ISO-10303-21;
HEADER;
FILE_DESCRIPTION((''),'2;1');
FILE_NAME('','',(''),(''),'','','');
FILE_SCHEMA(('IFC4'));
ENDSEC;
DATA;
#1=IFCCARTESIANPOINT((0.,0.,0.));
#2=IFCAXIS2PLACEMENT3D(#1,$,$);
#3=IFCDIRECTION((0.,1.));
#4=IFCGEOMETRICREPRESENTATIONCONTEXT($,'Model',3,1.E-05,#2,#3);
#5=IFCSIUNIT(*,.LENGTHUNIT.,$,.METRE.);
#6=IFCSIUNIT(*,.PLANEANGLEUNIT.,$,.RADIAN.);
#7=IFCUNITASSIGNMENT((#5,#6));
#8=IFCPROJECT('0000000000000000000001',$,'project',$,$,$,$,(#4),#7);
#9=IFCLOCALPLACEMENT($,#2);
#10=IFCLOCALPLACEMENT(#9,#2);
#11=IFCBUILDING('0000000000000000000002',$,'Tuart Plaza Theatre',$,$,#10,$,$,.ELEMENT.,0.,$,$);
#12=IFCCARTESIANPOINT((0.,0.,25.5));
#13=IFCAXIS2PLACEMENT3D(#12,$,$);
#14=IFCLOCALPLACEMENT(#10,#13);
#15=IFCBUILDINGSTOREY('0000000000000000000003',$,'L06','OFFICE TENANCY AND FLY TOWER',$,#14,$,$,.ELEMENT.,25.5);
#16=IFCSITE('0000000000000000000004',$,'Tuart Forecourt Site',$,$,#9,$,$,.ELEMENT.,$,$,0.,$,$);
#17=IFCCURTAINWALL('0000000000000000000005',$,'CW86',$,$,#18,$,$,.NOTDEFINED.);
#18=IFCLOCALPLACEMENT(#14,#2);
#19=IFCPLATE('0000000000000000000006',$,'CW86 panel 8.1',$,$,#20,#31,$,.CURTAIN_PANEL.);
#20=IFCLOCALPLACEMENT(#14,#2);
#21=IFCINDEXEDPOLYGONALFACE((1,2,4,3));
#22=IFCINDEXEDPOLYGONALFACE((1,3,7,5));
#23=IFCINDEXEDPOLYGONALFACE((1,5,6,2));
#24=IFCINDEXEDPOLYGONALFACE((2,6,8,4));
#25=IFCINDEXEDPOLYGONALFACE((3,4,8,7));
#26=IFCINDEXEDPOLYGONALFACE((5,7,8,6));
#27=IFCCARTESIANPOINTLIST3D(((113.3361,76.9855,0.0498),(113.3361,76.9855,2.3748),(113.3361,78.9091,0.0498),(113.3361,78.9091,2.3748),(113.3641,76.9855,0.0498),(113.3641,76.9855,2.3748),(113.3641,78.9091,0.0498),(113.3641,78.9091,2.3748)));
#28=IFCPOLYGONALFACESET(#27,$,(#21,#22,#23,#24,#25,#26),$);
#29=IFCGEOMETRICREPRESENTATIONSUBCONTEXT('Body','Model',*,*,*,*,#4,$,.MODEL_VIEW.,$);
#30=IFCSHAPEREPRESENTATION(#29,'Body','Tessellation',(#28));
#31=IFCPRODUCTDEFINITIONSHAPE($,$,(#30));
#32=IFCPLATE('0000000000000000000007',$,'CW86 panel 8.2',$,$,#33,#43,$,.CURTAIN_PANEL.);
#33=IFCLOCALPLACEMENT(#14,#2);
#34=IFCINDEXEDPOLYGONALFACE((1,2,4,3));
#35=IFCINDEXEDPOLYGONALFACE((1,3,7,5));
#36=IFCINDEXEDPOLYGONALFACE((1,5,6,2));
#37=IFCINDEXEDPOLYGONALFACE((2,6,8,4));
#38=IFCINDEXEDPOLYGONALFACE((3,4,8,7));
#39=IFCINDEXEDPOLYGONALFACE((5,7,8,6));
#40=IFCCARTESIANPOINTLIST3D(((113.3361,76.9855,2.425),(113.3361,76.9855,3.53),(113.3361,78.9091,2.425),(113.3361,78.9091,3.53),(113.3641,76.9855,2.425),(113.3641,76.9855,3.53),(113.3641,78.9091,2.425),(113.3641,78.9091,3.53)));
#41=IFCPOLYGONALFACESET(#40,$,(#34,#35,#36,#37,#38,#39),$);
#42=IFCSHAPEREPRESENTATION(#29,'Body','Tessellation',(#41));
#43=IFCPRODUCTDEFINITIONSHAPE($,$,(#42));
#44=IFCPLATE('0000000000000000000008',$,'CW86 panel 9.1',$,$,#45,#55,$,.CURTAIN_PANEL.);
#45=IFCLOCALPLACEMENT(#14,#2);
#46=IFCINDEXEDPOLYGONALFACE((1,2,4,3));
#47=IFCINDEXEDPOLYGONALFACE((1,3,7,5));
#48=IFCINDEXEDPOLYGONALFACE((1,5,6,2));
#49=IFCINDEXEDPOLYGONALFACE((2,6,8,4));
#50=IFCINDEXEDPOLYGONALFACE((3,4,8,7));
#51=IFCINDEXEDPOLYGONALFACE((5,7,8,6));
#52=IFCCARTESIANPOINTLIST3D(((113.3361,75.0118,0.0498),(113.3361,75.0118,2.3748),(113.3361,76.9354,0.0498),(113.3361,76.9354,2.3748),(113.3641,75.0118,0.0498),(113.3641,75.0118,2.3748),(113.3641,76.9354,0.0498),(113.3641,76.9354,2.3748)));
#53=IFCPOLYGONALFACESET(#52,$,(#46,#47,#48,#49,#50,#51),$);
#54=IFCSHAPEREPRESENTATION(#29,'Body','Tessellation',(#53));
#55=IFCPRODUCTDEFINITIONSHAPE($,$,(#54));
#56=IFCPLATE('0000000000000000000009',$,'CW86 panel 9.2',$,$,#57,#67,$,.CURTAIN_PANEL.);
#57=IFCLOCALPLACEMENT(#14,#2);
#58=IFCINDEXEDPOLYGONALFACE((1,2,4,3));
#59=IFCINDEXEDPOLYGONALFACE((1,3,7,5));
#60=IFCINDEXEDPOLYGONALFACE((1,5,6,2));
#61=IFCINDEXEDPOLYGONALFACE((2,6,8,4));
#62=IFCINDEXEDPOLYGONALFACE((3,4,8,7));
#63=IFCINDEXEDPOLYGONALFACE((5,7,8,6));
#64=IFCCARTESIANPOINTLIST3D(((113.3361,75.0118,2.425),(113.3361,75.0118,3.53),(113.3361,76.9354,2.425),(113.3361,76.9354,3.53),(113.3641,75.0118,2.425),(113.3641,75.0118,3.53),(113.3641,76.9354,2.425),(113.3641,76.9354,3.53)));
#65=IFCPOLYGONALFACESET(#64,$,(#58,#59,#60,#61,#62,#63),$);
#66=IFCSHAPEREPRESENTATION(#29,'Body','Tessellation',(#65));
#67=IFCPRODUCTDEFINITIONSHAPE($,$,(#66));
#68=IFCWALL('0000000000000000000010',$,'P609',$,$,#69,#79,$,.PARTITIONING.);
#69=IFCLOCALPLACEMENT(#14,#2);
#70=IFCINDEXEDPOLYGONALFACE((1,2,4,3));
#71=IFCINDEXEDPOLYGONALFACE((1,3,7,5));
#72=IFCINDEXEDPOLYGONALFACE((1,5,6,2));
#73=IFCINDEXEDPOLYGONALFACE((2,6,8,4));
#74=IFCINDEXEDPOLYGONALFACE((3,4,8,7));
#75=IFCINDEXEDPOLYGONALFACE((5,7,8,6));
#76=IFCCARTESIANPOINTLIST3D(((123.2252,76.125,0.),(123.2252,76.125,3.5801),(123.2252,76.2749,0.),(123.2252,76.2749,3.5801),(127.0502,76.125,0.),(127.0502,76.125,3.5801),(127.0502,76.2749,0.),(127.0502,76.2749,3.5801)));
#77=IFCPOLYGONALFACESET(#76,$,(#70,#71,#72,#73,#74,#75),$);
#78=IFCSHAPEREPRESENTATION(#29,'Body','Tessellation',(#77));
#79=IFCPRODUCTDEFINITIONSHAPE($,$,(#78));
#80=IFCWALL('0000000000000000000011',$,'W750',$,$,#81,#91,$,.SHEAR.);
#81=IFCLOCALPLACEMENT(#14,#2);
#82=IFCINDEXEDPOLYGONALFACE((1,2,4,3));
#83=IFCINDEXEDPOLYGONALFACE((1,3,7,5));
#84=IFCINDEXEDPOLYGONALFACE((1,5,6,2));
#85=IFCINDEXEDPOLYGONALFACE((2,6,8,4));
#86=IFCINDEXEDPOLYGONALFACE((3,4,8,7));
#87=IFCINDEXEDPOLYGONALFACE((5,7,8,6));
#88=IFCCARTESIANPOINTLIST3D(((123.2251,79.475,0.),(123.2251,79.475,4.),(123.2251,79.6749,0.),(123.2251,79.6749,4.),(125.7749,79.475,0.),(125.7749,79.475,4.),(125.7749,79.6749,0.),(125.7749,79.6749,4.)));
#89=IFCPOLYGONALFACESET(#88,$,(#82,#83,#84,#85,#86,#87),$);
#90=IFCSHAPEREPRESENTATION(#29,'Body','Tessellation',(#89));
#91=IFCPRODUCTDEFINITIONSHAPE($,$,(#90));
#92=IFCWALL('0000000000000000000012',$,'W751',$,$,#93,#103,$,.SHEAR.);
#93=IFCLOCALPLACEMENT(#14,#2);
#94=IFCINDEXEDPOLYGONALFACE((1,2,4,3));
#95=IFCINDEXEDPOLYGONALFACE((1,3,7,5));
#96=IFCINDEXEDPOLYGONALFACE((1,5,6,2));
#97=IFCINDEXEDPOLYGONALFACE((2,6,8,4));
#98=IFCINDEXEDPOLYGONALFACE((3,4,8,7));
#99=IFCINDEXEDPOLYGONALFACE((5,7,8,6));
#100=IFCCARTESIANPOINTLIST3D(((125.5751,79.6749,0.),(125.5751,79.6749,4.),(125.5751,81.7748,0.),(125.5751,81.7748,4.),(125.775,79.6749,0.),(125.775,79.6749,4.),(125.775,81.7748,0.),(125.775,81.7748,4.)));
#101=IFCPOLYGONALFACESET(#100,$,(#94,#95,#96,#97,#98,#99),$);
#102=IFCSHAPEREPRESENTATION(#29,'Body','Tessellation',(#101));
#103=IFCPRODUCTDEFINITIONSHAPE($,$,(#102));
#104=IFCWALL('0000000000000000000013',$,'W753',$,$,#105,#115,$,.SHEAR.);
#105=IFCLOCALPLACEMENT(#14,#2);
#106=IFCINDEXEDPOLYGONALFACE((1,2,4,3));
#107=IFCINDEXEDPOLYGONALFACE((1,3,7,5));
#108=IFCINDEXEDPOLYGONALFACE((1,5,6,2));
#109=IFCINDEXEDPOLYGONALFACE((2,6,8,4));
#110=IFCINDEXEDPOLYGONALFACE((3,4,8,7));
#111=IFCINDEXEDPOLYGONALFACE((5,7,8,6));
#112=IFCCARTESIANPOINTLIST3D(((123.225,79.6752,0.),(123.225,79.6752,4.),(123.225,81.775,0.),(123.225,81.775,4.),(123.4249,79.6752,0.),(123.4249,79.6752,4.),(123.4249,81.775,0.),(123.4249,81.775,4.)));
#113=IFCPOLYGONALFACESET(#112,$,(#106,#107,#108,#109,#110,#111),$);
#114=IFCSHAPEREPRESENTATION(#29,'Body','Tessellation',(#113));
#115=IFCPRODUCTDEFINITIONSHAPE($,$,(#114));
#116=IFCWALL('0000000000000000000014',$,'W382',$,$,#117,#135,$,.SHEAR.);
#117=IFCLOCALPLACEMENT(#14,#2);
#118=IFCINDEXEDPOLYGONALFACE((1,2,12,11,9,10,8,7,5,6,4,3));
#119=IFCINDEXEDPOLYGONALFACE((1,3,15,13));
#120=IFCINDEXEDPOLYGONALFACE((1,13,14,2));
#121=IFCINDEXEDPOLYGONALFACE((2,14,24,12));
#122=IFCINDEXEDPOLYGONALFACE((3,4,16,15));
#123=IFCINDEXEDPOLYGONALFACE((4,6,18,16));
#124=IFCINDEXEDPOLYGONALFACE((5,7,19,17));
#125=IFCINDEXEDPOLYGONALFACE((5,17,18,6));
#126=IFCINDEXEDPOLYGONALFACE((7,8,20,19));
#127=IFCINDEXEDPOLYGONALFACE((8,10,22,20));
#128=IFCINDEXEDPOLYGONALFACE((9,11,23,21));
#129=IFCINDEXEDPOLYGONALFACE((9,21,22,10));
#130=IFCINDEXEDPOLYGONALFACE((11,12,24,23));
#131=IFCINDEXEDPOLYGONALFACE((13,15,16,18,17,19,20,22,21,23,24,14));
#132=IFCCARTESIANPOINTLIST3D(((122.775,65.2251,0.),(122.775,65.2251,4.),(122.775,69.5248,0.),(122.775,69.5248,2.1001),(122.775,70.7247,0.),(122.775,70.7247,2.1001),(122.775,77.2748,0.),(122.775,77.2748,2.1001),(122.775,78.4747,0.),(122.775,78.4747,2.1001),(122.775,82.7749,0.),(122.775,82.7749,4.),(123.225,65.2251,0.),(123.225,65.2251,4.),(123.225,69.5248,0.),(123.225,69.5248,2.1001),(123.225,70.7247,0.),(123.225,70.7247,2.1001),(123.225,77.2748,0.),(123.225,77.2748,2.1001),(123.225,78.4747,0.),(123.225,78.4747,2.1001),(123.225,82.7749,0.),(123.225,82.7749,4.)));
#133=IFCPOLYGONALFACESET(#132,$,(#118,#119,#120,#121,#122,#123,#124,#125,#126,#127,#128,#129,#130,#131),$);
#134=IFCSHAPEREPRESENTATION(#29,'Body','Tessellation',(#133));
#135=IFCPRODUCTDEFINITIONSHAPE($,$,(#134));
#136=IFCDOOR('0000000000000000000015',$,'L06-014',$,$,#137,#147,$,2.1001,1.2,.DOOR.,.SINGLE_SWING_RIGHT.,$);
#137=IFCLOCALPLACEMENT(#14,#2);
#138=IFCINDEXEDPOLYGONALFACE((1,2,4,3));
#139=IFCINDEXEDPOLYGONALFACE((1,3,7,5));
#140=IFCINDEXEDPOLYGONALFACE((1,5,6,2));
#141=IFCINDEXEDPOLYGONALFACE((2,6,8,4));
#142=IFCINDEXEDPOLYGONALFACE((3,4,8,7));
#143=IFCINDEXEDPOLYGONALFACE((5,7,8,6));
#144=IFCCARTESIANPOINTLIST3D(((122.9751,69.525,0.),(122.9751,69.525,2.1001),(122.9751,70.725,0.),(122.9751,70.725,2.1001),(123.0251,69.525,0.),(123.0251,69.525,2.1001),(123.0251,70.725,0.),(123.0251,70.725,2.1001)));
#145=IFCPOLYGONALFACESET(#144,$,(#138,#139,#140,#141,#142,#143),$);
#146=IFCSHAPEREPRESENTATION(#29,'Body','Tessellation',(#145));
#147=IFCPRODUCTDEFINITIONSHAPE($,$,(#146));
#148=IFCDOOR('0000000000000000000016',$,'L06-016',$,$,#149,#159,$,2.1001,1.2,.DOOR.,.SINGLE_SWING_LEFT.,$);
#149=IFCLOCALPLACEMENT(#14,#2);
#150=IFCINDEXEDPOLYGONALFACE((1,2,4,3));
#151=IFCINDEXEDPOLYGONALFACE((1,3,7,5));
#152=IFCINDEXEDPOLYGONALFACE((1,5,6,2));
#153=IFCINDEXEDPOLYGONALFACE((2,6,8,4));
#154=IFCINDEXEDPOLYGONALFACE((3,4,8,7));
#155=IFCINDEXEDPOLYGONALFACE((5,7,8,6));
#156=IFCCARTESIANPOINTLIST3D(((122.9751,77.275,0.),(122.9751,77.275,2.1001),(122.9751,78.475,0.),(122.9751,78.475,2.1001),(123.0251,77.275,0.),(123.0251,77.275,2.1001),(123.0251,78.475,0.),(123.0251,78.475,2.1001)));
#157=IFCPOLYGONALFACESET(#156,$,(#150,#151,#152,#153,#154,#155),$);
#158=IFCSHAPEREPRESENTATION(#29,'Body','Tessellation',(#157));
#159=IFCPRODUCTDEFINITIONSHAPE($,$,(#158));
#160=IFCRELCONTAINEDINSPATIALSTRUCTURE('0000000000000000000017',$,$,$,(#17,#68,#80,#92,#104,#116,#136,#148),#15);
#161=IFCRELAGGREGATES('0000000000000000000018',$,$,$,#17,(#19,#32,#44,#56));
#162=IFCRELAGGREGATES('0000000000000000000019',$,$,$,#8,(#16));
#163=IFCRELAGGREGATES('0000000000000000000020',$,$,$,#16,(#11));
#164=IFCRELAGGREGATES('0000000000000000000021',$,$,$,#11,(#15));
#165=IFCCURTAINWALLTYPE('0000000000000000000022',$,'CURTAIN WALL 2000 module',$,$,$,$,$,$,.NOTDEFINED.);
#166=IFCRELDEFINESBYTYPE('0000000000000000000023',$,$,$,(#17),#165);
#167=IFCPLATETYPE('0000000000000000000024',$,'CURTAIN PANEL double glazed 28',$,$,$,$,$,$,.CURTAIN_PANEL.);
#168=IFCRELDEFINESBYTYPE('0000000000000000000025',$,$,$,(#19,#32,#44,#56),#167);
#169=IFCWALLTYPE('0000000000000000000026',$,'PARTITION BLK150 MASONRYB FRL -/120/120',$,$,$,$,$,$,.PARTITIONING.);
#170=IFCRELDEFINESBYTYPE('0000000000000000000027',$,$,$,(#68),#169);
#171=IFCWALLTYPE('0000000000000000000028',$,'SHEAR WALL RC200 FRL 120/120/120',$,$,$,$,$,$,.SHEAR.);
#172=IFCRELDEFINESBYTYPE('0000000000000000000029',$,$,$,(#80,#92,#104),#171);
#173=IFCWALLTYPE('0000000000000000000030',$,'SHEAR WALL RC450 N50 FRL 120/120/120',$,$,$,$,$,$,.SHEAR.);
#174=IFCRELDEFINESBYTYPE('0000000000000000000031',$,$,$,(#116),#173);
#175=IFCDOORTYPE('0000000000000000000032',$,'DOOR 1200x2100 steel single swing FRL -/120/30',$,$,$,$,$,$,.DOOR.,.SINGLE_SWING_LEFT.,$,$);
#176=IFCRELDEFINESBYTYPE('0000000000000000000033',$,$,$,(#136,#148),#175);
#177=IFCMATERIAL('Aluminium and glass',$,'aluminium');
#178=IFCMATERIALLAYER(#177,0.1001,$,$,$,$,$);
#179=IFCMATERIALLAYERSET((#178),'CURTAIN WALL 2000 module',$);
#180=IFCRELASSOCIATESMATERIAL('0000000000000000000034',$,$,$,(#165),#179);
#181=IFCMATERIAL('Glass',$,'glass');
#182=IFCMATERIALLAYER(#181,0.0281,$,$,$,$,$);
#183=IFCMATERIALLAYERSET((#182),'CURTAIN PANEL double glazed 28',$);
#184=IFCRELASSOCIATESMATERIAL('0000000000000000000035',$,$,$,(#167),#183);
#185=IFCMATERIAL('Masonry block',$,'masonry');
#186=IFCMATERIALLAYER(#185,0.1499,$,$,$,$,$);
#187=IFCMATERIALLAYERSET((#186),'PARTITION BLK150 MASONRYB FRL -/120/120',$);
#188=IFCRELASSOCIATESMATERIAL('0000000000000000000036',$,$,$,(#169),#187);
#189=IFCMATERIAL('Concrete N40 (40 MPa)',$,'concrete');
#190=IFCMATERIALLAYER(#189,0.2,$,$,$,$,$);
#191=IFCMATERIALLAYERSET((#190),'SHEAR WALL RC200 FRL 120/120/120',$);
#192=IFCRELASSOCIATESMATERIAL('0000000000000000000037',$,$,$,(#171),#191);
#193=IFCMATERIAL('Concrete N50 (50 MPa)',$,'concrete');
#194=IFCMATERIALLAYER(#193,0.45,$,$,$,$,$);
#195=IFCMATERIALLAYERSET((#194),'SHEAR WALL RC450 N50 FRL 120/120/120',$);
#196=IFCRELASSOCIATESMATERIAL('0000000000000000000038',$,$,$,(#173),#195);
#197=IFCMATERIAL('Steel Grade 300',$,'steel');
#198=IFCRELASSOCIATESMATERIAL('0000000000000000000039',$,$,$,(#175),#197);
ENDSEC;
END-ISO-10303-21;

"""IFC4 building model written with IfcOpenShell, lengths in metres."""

from ifc_helpers import new_model, si_unit, direction, frame, frame_2d, origin, origin_2d, place, context, subcontext, project, spatial, rectangle, extrude, material, layer, layer_set, type_object, element, fill, aggregate, save


model = new_model("IFC4")

# Units and contexts
model_context = context("Model", 3, precision=1e-05, world=origin(), true_north=direction((0.0, 1.0)))
body_context = subcontext(model_context, "Body", "Model", "MODEL_VIEW")
ifc_project = project(units=[si_unit("LENGTHUNIT", "METRE"), si_unit("PLANEANGLEUNIT", "RADIAN")], contexts=[model_context])

# Site, building, storey
site_placement = place(None, origin())
site = spatial("IfcSite", under=ifc_project, at=site_placement, Name="Tuart Forecourt Site", CompositionType="ELEMENT", RefElevation=0.0)
building_placement = place(site_placement, origin())
building = spatial("IfcBuilding", under=site, at=building_placement, Name="Tuart Plaza Theatre", CompositionType="ELEMENT", ElevationOfRefHeight=0.0)
storey_placement = place(building_placement, frame((0.0, 0.0, 25.5)))
storey = spatial("IfcBuildingStorey", under=building, at=storey_placement, Name="L06", Description="OFFICE TENANCY AND FLY TOWER", CompositionType="ELEMENT", Elevation=25.5)

# Curtain wall, plates
ifc_material_1 = material(Name="Aluminium and glass", Category="aluminium")
ifc_layer_1 = layer(ifc_material_1, 0.1001)
ifc_layer_set_1 = layer_set([ifc_layer_1], Name="CURTAIN WALL 2000 module")
curtain_wall_type = type_object("IfcCurtainWallType", Name="CURTAIN WALL 2000 module", PredefinedType="NOTDEFINED", material=ifc_layer_set_1)
curtain_wall_placement = place(storey_placement, origin())
curtain_wall = element("IfcCurtainWall", 1, at=curtain_wall_placement, inside=storey, type_object=curtain_wall_type, Name="CW86", PredefinedType="NOTDEFINED")
ifc_material_2 = material(Name="Glass", Category="glass")
ifc_layer_2 = layer(ifc_material_2, 0.0281)
ifc_layer_set_2 = layer_set([ifc_layer_2], Name="CURTAIN PANEL double glazed 28")
plate_type = type_object("IfcPlateType", Name="CURTAIN PANEL double glazed 28", PredefinedType="CURTAIN_PANEL", material=ifc_layer_set_2)
plate_1_placement = place(storey_placement, frame((113.3501, 77.9473, 0.0498), z_axis=(0.0, 0.0, 1.0), x_axis=(0.0, -1.0, 0.0)))
plate_1 = element("IfcPlate", 2, at=plate_1_placement, type_object=plate_type, Name="CW86 panel 8.1", PredefinedType="CURTAIN_PANEL", context=body_context, shape_type="SweptSolid", body=[
    extrude(rectangle(XDim=1.9236, YDim=0.0281, at=origin_2d()), origin(), (0.0, 0.0, 1.0), 2.325),
])
plate_2_placement = place(storey_placement, frame((113.3501, 77.9473, 2.425), z_axis=(0.0, 0.0, 1.0), x_axis=(0.0, -1.0, 0.0)))
plate_2 = element("IfcPlate", 3, at=plate_2_placement, type_object=plate_type, Name="CW86 panel 8.2", PredefinedType="CURTAIN_PANEL", context=body_context, shape_type="SweptSolid", body=[
    extrude(rectangle(XDim=1.9236, YDim=0.0281, at=origin_2d()), origin(), (0.0, 0.0, 1.0), 1.105),
])
plate_3_placement = place(storey_placement, frame((113.3501, 75.9736, 0.0498), z_axis=(0.0, 0.0, 1.0), x_axis=(0.0, -1.0, 0.0)))
plate_3 = element("IfcPlate", 4, at=plate_3_placement, type_object=plate_type, Name="CW86 panel 9.1", PredefinedType="CURTAIN_PANEL", context=body_context, shape_type="SweptSolid", body=[
    extrude(rectangle(XDim=1.9236, YDim=0.0281, at=origin_2d()), origin(), (0.0, 0.0, 1.0), 2.325),
])
plate_4_placement = place(storey_placement, frame((113.3501, 75.9736, 2.425), z_axis=(0.0, 0.0, 1.0), x_axis=(0.0, -1.0, 0.0)))
plate_4 = element("IfcPlate", 5, at=plate_4_placement, type_object=plate_type, Name="CW86 panel 9.2", PredefinedType="CURTAIN_PANEL", context=body_context, shape_type="SweptSolid", body=[
    extrude(rectangle(XDim=1.9236, YDim=0.0281, at=origin_2d()), origin(), (0.0, 0.0, 1.0), 1.105),
])
aggregate(curtain_wall, [plate_1, plate_2, plate_3, plate_4])

# Walls
ifc_material_3 = material(Name="Masonry block", Category="masonry")
ifc_layer_3 = layer(ifc_material_3, 0.1499)
ifc_layer_set_3 = layer_set([ifc_layer_3], Name="PARTITION BLK150 MASONRYB FRL -/120/120")
wall_type_1 = type_object("IfcWallType", Name="PARTITION BLK150 MASONRYB FRL -/120/120", PredefinedType="PARTITIONING", material=ifc_layer_set_3)
wall_1_placement = place(storey_placement, frame((123.2251, 76.2, 0.0), z_axis=(0.0, 0.0, 1.0), x_axis=(1.0, 0.0, 0.0)))
element("IfcWall", 6, at=wall_1_placement, inside=storey, type_object=wall_type_1, Name="P609", PredefinedType="PARTITIONING", context=body_context, shape_type="SweptSolid", body=[
    extrude(rectangle(XDim=3.825, YDim=0.1499, at=frame_2d((1.9126, 0.0))), origin(), (0.0, 0.0, 1.0), 3.5801),
])
ifc_material_4 = material(Name="Concrete N40 (40 MPa)", Category="concrete")
ifc_layer_4 = layer(ifc_material_4, 0.2)
ifc_layer_set_4 = layer_set([ifc_layer_4], Name="SHEAR WALL RC200 FRL 120/120/120")
wall_type_2 = type_object("IfcWallType", Name="SHEAR WALL RC200 FRL 120/120/120", PredefinedType="SHEAR", material=ifc_layer_set_4)
wall_2_placement = place(storey_placement, frame((123.2251, 79.575, 0.0), z_axis=(0.0, 0.0, 1.0), x_axis=(1.0, 0.0, 0.0)))
element("IfcWall", 7, at=wall_2_placement, inside=storey, type_object=wall_type_2, Name="W750", PredefinedType="SHEAR", context=body_context, shape_type="SweptSolid", body=[
    extrude(rectangle(XDim=2.5498, YDim=0.2, at=frame_2d((1.2749, 0.0))), origin(), (0.0, 0.0, 1.0), 4.0),
])
for number, where, z_axis, x_axis, name in (
    (8, (125.675, 79.675, 0.0), (0.0, 0.0, 1.0), (0.0, 1.0, 0.0), "W751"),
    (9, (123.325, 81.7749, 0.0), (0.0, 0.0, 1.0), (0.0, -1.0, 0.0), "W753"),
):
    element("IfcWall", number, at=place(storey_placement, frame(where, z_axis=z_axis, x_axis=x_axis)), inside=storey, type_object=wall_type_2, Name=name, PredefinedType="SHEAR", context=body_context, shape_type="SweptSolid", body=[
        extrude(rectangle(XDim=2.0999, YDim=0.2, at=frame_2d((1.0498, 0.0))), origin(), (0.0, 0.0, 1.0), 4.0),
    ])

# Wall, openings, doors
ifc_material_5 = material(Name="Concrete N50 (50 MPa)", Category="concrete")
ifc_layer_5 = layer(ifc_material_5, 0.45)
ifc_layer_set_5 = layer_set([ifc_layer_5], Name="SHEAR WALL RC450 N50 FRL 120/120/120")
wall_type_3 = type_object("IfcWallType", Name="SHEAR WALL RC450 N50 FRL 120/120/120", PredefinedType="SHEAR", material=ifc_layer_set_5)
wall_3_placement = place(storey_placement, frame((123.0, 82.7749, 0.0), z_axis=(0.0, 0.0, 1.0), x_axis=(0.0, -1.0, 0.0)))
wall_3 = element("IfcWall", 10, at=wall_3_placement, inside=storey, type_object=wall_type_3, Name="W382", PredefinedType="SHEAR", context=body_context, shape_type="SweptSolid", body=[
    extrude(rectangle(XDim=17.5498, YDim=0.45, at=frame_2d((8.7749, 0.0))), origin(), (0.0, 0.0, 1.0), 4.0),
])
opening_1_placement = place(wall_3_placement, frame((12.05, 0.0, 0.0)))
opening_1 = element("IfcOpeningElement", 11, at=opening_1_placement, cuts=wall_3, PredefinedType="OPENING", context=body_context, shape_type="SweptSolid", body=[
    extrude(rectangle(XDim=1.2, YDim=2.1001, at=frame_2d((0.6001, 1.05))), frame((0.0, 0.2349, 0.0), z_axis=(0.0, -1.0, 0.0), x_axis=(1.0, 0.0, 0.0)), (0.0, 0.0, 1.0), 0.47),
])
opening_2_placement = place(wall_3_placement, frame((4.3, 0.0, 0.0)))
opening_2 = element("IfcOpeningElement", 12, at=opening_2_placement, cuts=wall_3, PredefinedType="OPENING", context=body_context, shape_type="SweptSolid", body=[
    extrude(rectangle(XDim=1.2, YDim=2.1001, at=frame_2d((0.6001, 1.05))), frame((0.0, 0.2349, 0.0), z_axis=(0.0, -1.0, 0.0), x_axis=(1.0, 0.0, 0.0)), (0.0, 0.0, 1.0), 0.47),
])
ifc_material_6 = material(Name="Steel Grade 300", Category="steel")
door_type = type_object("IfcDoorType", Name="DOOR 1200x2100 steel single swing FRL -/120/30", OperationType="SINGLE_SWING_LEFT", PredefinedType="DOOR", material=ifc_material_6)
door_1_placement = place(opening_1_placement, frame((1.2, 0.0, 0.0), z_axis=(0.0, 0.0, 1.0), x_axis=(-1.0, 0.0, 0.0)))
door_1 = element("IfcDoor", 13, at=door_1_placement, inside=storey, type_object=door_type, Name="L06-014", OperationType="SINGLE_SWING_RIGHT", OverallHeight=2.1001, OverallWidth=1.2, PredefinedType="DOOR", context=body_context, shape_type="SweptSolid", body=[
    extrude(rectangle(XDim=1.2, YDim=2.1001, at=frame_2d((0.6001, 1.05))), frame((0.0, 0.0249, 0.0), z_axis=(0.0, -1.0, 0.0), x_axis=(1.0, 0.0, 0.0)), (0.0, 0.0, 1.0), 0.05),
])
fill(opening_1, door_1)
door_2_placement = place(opening_2_placement, frame((1.2, 0.0, 0.0), z_axis=(0.0, 0.0, 1.0), x_axis=(-1.0, 0.0, 0.0)))
door_2 = element("IfcDoor", 14, at=door_2_placement, inside=storey, type_object=door_type, Name="L06-016", OperationType="SINGLE_SWING_LEFT", OverallHeight=2.1001, OverallWidth=1.2, PredefinedType="DOOR", context=body_context, shape_type="SweptSolid", body=[
    extrude(rectangle(XDim=1.2, YDim=2.1001, at=frame_2d((0.6001, 1.05))), frame((0.0, 0.0249, 0.0), z_axis=(0.0, -1.0, 0.0), x_axis=(1.0, 0.0, 0.0)), (0.0, 0.0, 1.0), 0.05),
])
fill(opening_2, door_2)

save(model, "model.ifc")
